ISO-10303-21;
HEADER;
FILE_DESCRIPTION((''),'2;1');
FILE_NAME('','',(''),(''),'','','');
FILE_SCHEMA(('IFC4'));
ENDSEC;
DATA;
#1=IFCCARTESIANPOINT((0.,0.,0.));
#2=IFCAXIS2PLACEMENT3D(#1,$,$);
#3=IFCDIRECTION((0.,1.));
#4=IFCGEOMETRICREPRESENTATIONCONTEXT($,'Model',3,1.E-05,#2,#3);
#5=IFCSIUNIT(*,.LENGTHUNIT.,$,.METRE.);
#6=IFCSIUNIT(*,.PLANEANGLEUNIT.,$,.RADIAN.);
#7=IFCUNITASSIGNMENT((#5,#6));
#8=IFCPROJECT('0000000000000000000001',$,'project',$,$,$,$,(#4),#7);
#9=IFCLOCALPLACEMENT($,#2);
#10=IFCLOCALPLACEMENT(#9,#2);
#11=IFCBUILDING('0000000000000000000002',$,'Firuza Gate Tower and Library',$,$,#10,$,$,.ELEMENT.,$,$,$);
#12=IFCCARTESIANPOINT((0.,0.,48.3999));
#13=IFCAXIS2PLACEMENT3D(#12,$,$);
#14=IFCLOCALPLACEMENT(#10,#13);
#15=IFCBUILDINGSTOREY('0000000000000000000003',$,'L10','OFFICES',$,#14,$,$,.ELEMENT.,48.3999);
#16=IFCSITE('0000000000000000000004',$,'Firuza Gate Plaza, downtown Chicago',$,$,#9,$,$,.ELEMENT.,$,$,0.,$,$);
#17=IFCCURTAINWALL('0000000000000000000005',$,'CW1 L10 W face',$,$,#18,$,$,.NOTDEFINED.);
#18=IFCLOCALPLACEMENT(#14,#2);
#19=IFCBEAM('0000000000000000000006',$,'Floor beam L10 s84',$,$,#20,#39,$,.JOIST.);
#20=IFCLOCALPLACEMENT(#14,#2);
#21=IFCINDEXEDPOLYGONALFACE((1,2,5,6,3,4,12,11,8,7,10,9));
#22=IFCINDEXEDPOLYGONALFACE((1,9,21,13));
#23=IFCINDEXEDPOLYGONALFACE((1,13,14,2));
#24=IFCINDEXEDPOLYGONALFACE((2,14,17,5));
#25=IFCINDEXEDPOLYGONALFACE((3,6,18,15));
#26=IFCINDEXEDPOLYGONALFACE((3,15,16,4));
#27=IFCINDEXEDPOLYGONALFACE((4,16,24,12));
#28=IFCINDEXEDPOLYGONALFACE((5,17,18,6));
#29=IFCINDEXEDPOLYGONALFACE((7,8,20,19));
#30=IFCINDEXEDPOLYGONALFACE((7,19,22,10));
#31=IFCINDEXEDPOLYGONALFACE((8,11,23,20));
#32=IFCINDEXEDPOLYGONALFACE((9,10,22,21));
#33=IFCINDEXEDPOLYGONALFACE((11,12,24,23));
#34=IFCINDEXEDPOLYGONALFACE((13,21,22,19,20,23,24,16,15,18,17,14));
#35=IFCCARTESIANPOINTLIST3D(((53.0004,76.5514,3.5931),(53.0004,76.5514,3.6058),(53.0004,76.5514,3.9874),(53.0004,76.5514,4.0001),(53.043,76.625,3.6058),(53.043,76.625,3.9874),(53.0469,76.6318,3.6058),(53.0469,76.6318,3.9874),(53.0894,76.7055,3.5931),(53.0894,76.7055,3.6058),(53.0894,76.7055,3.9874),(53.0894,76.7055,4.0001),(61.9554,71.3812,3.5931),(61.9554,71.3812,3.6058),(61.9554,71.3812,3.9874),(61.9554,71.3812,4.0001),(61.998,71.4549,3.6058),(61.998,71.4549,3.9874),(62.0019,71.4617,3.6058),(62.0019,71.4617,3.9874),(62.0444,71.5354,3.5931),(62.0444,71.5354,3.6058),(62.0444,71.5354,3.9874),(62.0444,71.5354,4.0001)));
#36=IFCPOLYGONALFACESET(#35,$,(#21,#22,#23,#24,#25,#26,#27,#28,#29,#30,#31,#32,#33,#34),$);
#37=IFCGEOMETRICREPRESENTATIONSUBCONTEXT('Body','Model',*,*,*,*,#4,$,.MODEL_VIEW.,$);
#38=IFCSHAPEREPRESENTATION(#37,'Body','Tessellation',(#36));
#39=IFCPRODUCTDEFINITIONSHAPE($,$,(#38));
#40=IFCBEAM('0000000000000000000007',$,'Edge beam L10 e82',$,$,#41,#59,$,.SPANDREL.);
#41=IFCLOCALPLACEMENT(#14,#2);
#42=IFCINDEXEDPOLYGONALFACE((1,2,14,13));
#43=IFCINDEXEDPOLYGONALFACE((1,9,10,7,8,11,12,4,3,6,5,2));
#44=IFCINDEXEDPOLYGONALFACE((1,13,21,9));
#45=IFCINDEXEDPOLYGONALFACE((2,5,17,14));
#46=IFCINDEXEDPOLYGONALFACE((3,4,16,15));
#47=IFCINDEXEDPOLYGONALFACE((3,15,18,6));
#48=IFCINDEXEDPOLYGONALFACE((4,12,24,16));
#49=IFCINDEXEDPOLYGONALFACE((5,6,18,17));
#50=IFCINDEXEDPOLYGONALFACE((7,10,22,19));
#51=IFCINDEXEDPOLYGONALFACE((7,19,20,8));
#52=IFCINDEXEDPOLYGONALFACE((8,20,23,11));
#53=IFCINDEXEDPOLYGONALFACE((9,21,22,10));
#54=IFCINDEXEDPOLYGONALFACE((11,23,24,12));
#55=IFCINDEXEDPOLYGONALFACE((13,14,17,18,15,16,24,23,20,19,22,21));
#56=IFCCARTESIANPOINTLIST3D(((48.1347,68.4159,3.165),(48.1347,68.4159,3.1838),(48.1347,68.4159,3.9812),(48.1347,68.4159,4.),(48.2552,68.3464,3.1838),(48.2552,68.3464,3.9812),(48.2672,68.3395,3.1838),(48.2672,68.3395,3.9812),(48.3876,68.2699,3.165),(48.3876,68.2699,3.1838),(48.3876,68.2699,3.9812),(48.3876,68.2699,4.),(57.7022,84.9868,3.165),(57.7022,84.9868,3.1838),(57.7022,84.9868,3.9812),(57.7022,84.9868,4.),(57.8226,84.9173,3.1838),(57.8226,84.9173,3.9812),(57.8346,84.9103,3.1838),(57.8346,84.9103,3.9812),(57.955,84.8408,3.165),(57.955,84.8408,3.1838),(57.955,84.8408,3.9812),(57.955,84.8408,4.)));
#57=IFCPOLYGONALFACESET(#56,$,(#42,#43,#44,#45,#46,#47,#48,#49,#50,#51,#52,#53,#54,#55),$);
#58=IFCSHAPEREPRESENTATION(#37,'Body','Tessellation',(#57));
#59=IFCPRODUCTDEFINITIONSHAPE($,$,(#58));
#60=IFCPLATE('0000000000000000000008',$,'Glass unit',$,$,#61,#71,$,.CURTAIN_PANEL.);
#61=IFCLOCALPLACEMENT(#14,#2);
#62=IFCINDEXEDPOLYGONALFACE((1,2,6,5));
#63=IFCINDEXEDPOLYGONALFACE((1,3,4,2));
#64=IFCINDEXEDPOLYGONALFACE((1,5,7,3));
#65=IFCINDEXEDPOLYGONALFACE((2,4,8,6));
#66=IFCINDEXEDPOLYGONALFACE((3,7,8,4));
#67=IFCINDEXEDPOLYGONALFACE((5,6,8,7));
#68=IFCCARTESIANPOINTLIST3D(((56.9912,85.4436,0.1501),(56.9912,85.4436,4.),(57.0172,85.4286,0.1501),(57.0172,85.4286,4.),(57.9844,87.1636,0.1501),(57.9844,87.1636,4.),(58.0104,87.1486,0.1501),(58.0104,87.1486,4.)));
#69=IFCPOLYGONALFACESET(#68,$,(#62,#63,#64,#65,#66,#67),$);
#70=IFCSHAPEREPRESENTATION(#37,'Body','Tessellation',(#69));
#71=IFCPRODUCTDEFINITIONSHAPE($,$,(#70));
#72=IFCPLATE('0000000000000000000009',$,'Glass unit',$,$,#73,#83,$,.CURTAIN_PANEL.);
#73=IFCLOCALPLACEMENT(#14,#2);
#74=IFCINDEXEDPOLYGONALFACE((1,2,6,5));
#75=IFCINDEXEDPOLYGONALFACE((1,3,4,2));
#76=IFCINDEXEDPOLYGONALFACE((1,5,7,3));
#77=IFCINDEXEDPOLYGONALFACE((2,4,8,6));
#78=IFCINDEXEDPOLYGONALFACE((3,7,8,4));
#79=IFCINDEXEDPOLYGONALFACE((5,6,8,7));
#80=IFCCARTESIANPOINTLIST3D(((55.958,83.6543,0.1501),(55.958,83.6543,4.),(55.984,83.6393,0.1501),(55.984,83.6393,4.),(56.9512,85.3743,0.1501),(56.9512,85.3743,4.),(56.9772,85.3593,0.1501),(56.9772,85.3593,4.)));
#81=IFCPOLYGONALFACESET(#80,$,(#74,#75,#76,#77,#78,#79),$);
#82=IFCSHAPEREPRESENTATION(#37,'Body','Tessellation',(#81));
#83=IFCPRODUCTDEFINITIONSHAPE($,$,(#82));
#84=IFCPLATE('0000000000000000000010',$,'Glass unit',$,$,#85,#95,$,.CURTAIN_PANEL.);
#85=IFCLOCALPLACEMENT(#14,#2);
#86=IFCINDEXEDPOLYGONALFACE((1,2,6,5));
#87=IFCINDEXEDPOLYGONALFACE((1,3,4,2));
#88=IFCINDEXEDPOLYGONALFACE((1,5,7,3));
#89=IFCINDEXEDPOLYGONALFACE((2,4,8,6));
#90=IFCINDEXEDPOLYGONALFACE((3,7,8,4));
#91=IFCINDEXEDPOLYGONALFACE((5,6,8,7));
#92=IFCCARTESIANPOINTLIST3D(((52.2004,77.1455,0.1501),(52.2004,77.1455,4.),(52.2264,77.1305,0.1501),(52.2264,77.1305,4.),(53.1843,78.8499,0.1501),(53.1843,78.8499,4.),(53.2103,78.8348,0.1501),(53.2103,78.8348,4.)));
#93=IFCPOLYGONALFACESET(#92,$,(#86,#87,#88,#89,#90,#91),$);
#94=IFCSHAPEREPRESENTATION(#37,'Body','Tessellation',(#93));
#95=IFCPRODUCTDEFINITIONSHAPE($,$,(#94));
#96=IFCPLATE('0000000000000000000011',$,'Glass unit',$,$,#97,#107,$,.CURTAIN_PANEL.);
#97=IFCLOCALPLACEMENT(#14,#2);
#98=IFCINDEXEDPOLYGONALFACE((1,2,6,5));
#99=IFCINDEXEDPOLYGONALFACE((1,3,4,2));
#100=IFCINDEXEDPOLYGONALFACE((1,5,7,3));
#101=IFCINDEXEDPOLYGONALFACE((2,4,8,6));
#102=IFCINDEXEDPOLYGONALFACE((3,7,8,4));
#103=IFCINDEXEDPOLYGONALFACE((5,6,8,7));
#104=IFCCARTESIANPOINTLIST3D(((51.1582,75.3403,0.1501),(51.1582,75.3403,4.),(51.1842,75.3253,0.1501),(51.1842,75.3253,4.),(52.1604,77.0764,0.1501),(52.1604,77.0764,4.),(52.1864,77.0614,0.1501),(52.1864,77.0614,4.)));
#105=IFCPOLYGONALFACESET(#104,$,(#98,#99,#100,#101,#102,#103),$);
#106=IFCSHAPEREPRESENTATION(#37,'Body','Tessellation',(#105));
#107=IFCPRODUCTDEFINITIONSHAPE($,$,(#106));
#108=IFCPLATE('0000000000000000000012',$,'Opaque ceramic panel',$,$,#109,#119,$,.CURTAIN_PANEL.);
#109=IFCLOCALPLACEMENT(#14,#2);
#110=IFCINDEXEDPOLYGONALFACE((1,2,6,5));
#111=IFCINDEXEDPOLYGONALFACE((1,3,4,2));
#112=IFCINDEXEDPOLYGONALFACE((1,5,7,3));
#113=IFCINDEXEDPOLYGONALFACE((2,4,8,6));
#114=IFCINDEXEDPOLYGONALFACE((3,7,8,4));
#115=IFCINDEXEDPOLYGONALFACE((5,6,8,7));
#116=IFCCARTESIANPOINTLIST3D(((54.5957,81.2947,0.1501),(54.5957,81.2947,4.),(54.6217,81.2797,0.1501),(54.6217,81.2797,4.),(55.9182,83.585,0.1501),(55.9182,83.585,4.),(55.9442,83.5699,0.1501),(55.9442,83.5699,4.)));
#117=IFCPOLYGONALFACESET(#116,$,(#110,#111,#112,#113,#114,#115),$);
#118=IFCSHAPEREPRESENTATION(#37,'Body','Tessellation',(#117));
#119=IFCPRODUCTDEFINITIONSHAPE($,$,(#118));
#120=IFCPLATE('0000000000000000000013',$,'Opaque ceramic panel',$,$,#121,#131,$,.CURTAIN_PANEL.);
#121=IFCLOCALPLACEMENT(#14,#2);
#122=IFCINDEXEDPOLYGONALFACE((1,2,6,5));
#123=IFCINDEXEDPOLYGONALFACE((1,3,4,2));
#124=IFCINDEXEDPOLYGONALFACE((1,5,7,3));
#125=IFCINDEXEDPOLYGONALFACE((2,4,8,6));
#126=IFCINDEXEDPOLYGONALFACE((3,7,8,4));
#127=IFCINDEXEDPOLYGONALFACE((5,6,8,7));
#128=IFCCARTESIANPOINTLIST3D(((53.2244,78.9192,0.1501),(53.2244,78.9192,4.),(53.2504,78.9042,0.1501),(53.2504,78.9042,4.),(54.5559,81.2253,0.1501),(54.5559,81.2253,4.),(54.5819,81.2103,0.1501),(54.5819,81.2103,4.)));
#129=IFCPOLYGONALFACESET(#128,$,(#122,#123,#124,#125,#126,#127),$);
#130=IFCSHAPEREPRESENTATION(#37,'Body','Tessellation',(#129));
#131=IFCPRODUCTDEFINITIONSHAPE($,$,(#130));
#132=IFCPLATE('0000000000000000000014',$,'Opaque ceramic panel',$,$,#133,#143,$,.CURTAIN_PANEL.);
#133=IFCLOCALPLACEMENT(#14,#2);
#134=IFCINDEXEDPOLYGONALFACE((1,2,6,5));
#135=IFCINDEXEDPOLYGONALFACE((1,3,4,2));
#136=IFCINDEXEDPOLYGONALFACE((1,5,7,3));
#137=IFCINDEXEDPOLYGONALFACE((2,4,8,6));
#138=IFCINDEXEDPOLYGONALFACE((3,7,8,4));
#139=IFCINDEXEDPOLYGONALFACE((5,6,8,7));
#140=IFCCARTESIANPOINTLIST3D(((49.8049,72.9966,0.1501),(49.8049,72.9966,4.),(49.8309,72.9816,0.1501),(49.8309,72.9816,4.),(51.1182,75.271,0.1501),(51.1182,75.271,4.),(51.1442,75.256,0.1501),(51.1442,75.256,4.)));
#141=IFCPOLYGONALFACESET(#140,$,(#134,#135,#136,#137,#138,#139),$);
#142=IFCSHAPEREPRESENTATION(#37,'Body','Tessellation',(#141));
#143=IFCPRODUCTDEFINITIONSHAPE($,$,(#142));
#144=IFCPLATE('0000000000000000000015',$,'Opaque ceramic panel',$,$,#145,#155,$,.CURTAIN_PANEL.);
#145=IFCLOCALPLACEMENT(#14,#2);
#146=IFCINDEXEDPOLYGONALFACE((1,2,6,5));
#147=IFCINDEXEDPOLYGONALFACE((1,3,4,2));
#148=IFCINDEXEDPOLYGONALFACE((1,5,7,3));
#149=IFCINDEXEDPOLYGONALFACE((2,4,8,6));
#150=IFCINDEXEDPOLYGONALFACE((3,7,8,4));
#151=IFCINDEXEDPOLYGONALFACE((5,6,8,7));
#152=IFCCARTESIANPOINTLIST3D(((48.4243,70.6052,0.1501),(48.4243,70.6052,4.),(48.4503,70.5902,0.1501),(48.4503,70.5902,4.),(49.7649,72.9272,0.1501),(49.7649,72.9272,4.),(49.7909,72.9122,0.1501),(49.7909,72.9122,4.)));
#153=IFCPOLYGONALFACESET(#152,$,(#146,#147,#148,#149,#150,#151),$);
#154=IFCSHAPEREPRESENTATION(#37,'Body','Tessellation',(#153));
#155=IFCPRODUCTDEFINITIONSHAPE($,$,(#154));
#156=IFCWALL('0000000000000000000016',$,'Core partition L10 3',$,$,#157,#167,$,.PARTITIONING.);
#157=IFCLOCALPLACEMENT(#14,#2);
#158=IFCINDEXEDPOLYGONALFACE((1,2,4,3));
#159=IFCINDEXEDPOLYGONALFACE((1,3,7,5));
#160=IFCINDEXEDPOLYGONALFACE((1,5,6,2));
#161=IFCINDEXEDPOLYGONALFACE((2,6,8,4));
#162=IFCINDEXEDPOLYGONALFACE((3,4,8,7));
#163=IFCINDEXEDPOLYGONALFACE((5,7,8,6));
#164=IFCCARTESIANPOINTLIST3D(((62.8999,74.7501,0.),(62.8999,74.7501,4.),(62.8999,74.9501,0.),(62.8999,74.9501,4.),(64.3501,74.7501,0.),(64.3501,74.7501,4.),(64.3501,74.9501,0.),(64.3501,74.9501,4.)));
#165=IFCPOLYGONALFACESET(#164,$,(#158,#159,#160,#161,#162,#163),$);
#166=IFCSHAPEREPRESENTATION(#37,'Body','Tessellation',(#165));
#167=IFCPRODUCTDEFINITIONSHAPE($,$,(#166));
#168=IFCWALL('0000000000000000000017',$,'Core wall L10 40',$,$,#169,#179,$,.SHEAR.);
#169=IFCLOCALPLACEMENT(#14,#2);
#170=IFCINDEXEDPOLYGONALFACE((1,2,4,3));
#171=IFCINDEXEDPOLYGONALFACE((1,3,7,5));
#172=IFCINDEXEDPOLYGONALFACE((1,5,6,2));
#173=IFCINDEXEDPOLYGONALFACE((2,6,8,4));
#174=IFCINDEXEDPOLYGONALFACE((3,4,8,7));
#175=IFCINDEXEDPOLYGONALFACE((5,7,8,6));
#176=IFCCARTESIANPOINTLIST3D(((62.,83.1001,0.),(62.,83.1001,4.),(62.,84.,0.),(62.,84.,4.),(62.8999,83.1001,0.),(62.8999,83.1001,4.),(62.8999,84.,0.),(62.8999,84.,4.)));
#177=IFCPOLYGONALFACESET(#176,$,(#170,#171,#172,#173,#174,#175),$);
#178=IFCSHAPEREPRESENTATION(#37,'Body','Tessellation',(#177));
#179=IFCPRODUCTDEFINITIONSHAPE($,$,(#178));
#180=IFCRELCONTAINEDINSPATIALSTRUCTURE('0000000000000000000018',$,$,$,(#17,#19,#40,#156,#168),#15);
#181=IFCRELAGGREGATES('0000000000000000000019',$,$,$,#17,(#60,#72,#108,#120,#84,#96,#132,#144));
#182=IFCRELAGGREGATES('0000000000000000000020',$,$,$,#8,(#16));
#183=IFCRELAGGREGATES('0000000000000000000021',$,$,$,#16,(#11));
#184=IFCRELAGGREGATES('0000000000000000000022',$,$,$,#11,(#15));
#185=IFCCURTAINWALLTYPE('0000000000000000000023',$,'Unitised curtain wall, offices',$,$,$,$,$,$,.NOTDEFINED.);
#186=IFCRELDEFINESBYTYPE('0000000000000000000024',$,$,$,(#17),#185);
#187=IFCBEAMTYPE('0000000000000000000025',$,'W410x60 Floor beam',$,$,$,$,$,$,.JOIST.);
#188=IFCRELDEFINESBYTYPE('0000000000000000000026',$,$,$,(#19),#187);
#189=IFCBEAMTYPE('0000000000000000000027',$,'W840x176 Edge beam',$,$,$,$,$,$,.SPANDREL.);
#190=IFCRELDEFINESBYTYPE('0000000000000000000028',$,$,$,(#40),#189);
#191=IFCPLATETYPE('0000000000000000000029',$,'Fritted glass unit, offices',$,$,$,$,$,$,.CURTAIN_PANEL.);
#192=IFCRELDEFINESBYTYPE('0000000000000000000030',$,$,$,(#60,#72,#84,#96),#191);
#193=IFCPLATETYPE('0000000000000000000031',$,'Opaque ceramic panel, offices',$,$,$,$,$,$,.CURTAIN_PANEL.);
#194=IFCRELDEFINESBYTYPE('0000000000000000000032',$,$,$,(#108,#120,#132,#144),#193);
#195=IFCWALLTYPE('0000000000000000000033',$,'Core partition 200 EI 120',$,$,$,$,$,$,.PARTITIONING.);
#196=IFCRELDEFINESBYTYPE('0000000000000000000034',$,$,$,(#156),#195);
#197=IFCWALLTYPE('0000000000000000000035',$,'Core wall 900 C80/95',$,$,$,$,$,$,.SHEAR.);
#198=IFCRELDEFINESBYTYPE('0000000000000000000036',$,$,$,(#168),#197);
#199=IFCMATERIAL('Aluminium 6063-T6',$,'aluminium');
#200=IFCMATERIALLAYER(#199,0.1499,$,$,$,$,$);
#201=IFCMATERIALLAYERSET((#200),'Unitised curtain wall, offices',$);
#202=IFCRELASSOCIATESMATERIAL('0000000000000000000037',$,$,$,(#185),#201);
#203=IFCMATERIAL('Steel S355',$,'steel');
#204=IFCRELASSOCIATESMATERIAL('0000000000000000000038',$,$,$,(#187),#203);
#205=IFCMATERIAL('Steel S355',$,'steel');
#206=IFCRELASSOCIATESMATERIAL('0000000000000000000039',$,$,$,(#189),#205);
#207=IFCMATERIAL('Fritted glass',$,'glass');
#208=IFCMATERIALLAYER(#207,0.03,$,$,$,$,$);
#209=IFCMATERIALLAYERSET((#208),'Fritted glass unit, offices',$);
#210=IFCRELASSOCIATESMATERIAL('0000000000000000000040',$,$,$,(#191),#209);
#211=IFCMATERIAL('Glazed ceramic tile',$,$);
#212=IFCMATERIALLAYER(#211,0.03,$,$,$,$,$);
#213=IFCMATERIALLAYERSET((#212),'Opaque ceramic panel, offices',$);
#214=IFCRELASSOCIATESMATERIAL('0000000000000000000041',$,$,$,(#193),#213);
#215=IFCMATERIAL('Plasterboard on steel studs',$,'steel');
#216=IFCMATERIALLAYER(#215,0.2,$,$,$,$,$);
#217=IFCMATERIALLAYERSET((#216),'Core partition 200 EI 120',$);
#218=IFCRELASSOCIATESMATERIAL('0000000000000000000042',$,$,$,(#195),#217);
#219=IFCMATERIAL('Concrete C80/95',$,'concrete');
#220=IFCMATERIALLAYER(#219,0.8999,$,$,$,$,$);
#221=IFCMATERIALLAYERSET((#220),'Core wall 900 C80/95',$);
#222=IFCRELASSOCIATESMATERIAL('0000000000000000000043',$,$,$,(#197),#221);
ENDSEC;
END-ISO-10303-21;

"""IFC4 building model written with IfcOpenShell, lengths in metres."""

from ifc_helpers import new_model, si_unit, direction, frame, frame_2d, origin, origin_2d, place, context, subcontext, project, spatial, polyline, rectangle, i_section, outline, extrude, material, layer, layer_set, material_profile, profile_set, type_object, element, aggregate, save


model = new_model("IFC4")

# Units and contexts
model_context = context("Model", 3, precision=1e-05, world=origin(), true_north=direction((0.0, 1.0)))
body_context = subcontext(model_context, "Body", "Model", "MODEL_VIEW")
ifc_project = project(units=[si_unit("LENGTHUNIT", "METRE"), si_unit("PLANEANGLEUNIT", "RADIAN")], contexts=[model_context])

# Site, building, storey
site_placement = place(None, origin())
site = spatial("IfcSite", under=ifc_project, at=site_placement, Name="Firuza Gate Plaza, downtown Chicago", CompositionType="ELEMENT", RefElevation=0.0)
building_placement = place(site_placement, origin())
building = spatial("IfcBuilding", under=site, at=building_placement, Name="Firuza Gate Tower and Library", CompositionType="ELEMENT")
storey_placement = place(building_placement, frame((0.0, 0.0, 48.3999)))
storey = spatial("IfcBuildingStorey", under=building, at=storey_placement, Name="L10", Description="OFFICES", CompositionType="ELEMENT", Elevation=48.3999)

# Curtain wall
ifc_material_1 = material(Name="Aluminium 6063-T6", Category="aluminium")
ifc_layer_1 = layer(ifc_material_1, 0.1499)
ifc_layer_set_1 = layer_set([ifc_layer_1], Name="Unitised curtain wall, offices")
curtain_wall_type = type_object("IfcCurtainWallType", Name="Unitised curtain wall, offices", PredefinedType="NOTDEFINED", material=ifc_layer_set_1)
curtain_wall_placement = place(storey_placement, origin())
curtain_wall = element("IfcCurtainWall", 1, at=curtain_wall_placement, inside=storey, type_object=curtain_wall_type, Name="CW1 L10 W face", PredefinedType="NOTDEFINED")

# Beams
ifc_material_2 = material(Name="Steel S355", Category="steel")
ifc_material_profile_1 = material_profile(ifc_material_2, i_section(OverallWidth=0.178, OverallDepth=0.407, WebThickness=0.0078, FlangeThickness=0.0127, at=origin_2d()))
ifc_profile_set_1 = profile_set([ifc_material_profile_1], Name="Steel S355")
beam_type_1 = type_object("IfcBeamType", Name="W410x60 Floor beam", PredefinedType="JOIST", material=ifc_profile_set_1)
beam_1_placement = place(storey_placement, frame((53.0449, 76.6284, 3.7966), z_axis=(0.866028, -0.499996, 0.0), x_axis=(0.499996, 0.866028, 0.0)))
element("IfcBeam", 2, at=beam_1_placement, inside=storey, type_object=beam_type_1, Name="Floor beam L10 s84", PredefinedType="JOIST", context=body_context, shape_type="SweptSolid", body=[
    extrude(i_section(OverallWidth=0.178, OverallDepth=0.407, WebThickness=0.0078, FlangeThickness=0.0127, at=origin_2d()), origin(), (0.0, 0.0, 1.0), 10.3403),
])
ifc_material_3 = material(Name="Steel S355", Category="steel")
ifc_material_profile_2 = material_profile(ifc_material_3, i_section(OverallWidth=0.292, OverallDepth=0.835, WebThickness=0.0139, FlangeThickness=0.0188, at=origin_2d()))
ifc_profile_set_2 = profile_set([ifc_material_profile_2], Name="Steel S355")
beam_type_2 = type_object("IfcBeamType", Name="W840x176 Edge beam", PredefinedType="SPANDREL", material=ifc_profile_set_2)
beam_2_placement = place(storey_placement, frame((57.8286, 84.9138, 3.5825), z_axis=(-0.500009, -0.86602, 0.0), x_axis=(0.86602, -0.500009, 0.0)))
element("IfcBeam", 3, at=beam_2_placement, inside=storey, type_object=beam_type_2, Name="Edge beam L10 e82", PredefinedType="SPANDREL", context=body_context, shape_type="SweptSolid", body=[
    extrude(i_section(OverallWidth=0.292, OverallDepth=0.835, WebThickness=0.0139, FlangeThickness=0.0188, at=origin_2d()), origin(), (0.0, 0.0, 1.0), 19.1345),
])

# Plates
ifc_material_4 = material(Name="Fritted glass", Category="glass")
ifc_layer_2 = layer(ifc_material_4, 0.03)
ifc_layer_set_2 = layer_set([ifc_layer_2], Name="Fritted glass unit, offices")
plate_type_1 = type_object("IfcPlateType", Name="Fritted glass unit, offices", PredefinedType="CURTAIN_PANEL", material=ifc_layer_set_2)
plate_1_placement = place(storey_placement, frame((57.9844, 87.1636, 0.1501), z_axis=(-0.865995, 0.500052, 0.0), x_axis=(-0.500052, -0.865995, 0.0)))
plate_1 = element("IfcPlate", 4, at=plate_1_placement, type_object=plate_type_1, Name="Glass unit", PredefinedType="CURTAIN_PANEL", context=body_context, shape_type="SweptSolid", body=[
    extrude(outline(polyline([(0.0, 0.0), (1.9861, 0.0), (1.9861, 3.8499), (0.0, 3.8499), (0.0, 0.0)])), origin(), (0.0, 0.0, -1.0), 0.03),
])
plate_2_placement = place(storey_placement, frame((56.9512, 85.3743, 0.1501), z_axis=(-0.865995, 0.500052, 0.0), x_axis=(-0.500052, -0.865995, 0.0)))
plate_2 = element("IfcPlate", 5, at=plate_2_placement, type_object=plate_type_1, Name="Glass unit", PredefinedType="CURTAIN_PANEL", context=body_context, shape_type="SweptSolid", body=[
    extrude(outline(polyline([(0.0, 0.0), (1.9861, 0.0), (1.9861, 3.8499), (0.0, 3.8499), (0.0, 0.0)])), origin(), (0.0, 0.0, -1.0), 0.03),
])
plate_3_placement = place(storey_placement, frame((53.1843, 78.8499, 0.1501), z_axis=(-0.866051, 0.499955, 0.0), x_axis=(-0.499955, -0.866051, 0.0)))
plate_3 = element("IfcPlate", 6, at=plate_3_placement, type_object=plate_type_1, Name="Glass unit", PredefinedType="CURTAIN_PANEL", context=body_context, shape_type="SweptSolid", body=[
    extrude(outline(polyline([(0.0, 0.0), (1.968, 0.0), (1.968, 3.8499), (0.0, 3.8499), (0.0, 0.0)])), origin(), (0.0, 0.0, -1.0), 0.03),
])
plate_4_placement = place(storey_placement, frame((52.1604, 77.0764, 0.1501), z_axis=(-0.866054, 0.499951, 0.0), x_axis=(-0.499951, -0.866054, 0.0)))
plate_4 = element("IfcPlate", 7, at=plate_4_placement, type_object=plate_type_1, Name="Glass unit", PredefinedType="CURTAIN_PANEL", context=body_context, shape_type="SweptSolid", body=[
    extrude(outline(polyline([(0.0, 0.0), (2.0046, 0.0), (2.0046, 3.8499), (0.0, 3.8499), (0.0, 0.0)])), origin(), (0.0, 0.0, -1.0), 0.03),
])
ifc_material_5 = material(Name="Glazed ceramic tile")
ifc_layer_3 = layer(ifc_material_5, 0.03)
ifc_layer_set_3 = layer_set([ifc_layer_3], Name="Opaque ceramic panel, offices")
plate_type_2 = type_object("IfcPlateType", Name="Opaque ceramic panel, offices", PredefinedType="CURTAIN_PANEL", material=ifc_layer_set_3)
plate_5_placement = place(storey_placement, frame((55.9182, 83.585, 0.1501), z_axis=(-0.86599, 0.500061, 0.0), x_axis=(-0.500061, -0.86599, 0.0)))
plate_5 = element("IfcPlate", 8, at=plate_5_placement, type_object=plate_type_2, Name="Opaque ceramic panel", PredefinedType="CURTAIN_PANEL", context=body_context, shape_type="SweptSolid", body=[
    extrude(outline(polyline([(0.0, 0.0), (2.6447, 0.0), (2.6447, 3.8499), (0.0, 3.8499), (0.0, 0.0)])), origin(), (0.0, 0.0, -1.0), 0.03),
])
plate_6_placement = place(storey_placement, frame((54.5559, 81.2253, 0.1501), z_axis=(-0.866012, 0.500024, 0.0), x_axis=(-0.500024, -0.866012, 0.0)))
plate_6 = element("IfcPlate", 9, at=plate_6_placement, type_object=plate_type_2, Name="Opaque ceramic panel", PredefinedType="CURTAIN_PANEL", context=body_context, shape_type="SweptSolid", body=[
    extrude(outline(polyline([(0.0, 0.0), (2.663, 0.0), (2.663, 3.8499), (0.0, 3.8499), (0.0, 0.0)])), origin(), (0.0, 0.0, -1.0), 0.03),
])
plate_7_placement = place(storey_placement, frame((51.1182, 75.271, 0.1501), z_axis=(-0.866009, 0.500028, 0.0), x_axis=(-0.500028, -0.866009, 0.0)))
plate_7 = element("IfcPlate", 10, at=plate_7_placement, type_object=plate_type_2, Name="Opaque ceramic panel", PredefinedType="CURTAIN_PANEL", context=body_context, shape_type="SweptSolid", body=[
    extrude(outline(polyline([(0.0, 0.0), (2.6263, 0.0), (2.6263, 3.8499), (0.0, 3.8499), (0.0, 0.0)])), origin(), (0.0, 0.0, -1.0), 0.03),
])
plate_8_placement = place(storey_placement, frame((49.7649, 72.9272, 0.1501), z_axis=(-0.866032, 0.499988, 0.0), x_axis=(-0.499988, -0.866032, 0.0)))
plate_8 = element("IfcPlate", 11, at=plate_8_placement, type_object=plate_type_2, Name="Opaque ceramic panel", PredefinedType="CURTAIN_PANEL", context=body_context, shape_type="SweptSolid", body=[
    extrude(outline(polyline([(0.0, 0.0), (2.6812, 0.0), (2.6812, 3.8499), (0.0, 3.8499), (0.0, 0.0)])), origin(), (0.0, 0.0, -1.0), 0.03),
])
aggregate(curtain_wall, [plate_1, plate_2, plate_5, plate_6, plate_3, plate_4, plate_7, plate_8])

# Walls
ifc_material_6 = material(Name="Plasterboard on steel studs", Category="steel")
ifc_layer_4 = layer(ifc_material_6, 0.2)
ifc_layer_set_4 = layer_set([ifc_layer_4], Name="Core partition 200 EI 120")
wall_type_1 = type_object("IfcWallType", Name="Core partition 200 EI 120", PredefinedType="PARTITIONING", material=ifc_layer_set_4)
wall_1_placement = place(storey_placement, frame((62.8999, 74.8501, 0.0), z_axis=(0.0, 0.0, 1.0), x_axis=(1.0, 0.0, 0.0)))
element("IfcWall", 12, at=wall_1_placement, inside=storey, type_object=wall_type_1, Name="Core partition L10 3", PredefinedType="PARTITIONING", context=body_context, shape_type="SweptSolid", body=[
    extrude(rectangle(XDim=1.4502, YDim=0.2, at=frame_2d((0.7251, 0.0))), origin(), (0.0, 0.0, 1.0), 4.0),
])
ifc_material_7 = material(Name="Concrete C80/95", Category="concrete")
ifc_layer_5 = layer(ifc_material_7, 0.8999)
ifc_layer_set_5 = layer_set([ifc_layer_5], Name="Core wall 900 C80/95")
wall_type_2 = type_object("IfcWallType", Name="Core wall 900 C80/95", PredefinedType="SHEAR", material=ifc_layer_set_5)
wall_2_placement = place(storey_placement, frame((62.0, 83.55, 0.0), z_axis=(0.0, 0.0, 1.0), x_axis=(1.0, 0.0, 0.0)))
element("IfcWall", 13, at=wall_2_placement, inside=storey, type_object=wall_type_2, Name="Core wall L10 40", PredefinedType="SHEAR", context=body_context, shape_type="SweptSolid", body=[
    extrude(rectangle(XDim=0.8999, YDim=0.8999, at=frame_2d((0.45, 0.0))), origin(), (0.0, 0.0, 1.0), 4.0),
])

save(model, "model.ifc")
